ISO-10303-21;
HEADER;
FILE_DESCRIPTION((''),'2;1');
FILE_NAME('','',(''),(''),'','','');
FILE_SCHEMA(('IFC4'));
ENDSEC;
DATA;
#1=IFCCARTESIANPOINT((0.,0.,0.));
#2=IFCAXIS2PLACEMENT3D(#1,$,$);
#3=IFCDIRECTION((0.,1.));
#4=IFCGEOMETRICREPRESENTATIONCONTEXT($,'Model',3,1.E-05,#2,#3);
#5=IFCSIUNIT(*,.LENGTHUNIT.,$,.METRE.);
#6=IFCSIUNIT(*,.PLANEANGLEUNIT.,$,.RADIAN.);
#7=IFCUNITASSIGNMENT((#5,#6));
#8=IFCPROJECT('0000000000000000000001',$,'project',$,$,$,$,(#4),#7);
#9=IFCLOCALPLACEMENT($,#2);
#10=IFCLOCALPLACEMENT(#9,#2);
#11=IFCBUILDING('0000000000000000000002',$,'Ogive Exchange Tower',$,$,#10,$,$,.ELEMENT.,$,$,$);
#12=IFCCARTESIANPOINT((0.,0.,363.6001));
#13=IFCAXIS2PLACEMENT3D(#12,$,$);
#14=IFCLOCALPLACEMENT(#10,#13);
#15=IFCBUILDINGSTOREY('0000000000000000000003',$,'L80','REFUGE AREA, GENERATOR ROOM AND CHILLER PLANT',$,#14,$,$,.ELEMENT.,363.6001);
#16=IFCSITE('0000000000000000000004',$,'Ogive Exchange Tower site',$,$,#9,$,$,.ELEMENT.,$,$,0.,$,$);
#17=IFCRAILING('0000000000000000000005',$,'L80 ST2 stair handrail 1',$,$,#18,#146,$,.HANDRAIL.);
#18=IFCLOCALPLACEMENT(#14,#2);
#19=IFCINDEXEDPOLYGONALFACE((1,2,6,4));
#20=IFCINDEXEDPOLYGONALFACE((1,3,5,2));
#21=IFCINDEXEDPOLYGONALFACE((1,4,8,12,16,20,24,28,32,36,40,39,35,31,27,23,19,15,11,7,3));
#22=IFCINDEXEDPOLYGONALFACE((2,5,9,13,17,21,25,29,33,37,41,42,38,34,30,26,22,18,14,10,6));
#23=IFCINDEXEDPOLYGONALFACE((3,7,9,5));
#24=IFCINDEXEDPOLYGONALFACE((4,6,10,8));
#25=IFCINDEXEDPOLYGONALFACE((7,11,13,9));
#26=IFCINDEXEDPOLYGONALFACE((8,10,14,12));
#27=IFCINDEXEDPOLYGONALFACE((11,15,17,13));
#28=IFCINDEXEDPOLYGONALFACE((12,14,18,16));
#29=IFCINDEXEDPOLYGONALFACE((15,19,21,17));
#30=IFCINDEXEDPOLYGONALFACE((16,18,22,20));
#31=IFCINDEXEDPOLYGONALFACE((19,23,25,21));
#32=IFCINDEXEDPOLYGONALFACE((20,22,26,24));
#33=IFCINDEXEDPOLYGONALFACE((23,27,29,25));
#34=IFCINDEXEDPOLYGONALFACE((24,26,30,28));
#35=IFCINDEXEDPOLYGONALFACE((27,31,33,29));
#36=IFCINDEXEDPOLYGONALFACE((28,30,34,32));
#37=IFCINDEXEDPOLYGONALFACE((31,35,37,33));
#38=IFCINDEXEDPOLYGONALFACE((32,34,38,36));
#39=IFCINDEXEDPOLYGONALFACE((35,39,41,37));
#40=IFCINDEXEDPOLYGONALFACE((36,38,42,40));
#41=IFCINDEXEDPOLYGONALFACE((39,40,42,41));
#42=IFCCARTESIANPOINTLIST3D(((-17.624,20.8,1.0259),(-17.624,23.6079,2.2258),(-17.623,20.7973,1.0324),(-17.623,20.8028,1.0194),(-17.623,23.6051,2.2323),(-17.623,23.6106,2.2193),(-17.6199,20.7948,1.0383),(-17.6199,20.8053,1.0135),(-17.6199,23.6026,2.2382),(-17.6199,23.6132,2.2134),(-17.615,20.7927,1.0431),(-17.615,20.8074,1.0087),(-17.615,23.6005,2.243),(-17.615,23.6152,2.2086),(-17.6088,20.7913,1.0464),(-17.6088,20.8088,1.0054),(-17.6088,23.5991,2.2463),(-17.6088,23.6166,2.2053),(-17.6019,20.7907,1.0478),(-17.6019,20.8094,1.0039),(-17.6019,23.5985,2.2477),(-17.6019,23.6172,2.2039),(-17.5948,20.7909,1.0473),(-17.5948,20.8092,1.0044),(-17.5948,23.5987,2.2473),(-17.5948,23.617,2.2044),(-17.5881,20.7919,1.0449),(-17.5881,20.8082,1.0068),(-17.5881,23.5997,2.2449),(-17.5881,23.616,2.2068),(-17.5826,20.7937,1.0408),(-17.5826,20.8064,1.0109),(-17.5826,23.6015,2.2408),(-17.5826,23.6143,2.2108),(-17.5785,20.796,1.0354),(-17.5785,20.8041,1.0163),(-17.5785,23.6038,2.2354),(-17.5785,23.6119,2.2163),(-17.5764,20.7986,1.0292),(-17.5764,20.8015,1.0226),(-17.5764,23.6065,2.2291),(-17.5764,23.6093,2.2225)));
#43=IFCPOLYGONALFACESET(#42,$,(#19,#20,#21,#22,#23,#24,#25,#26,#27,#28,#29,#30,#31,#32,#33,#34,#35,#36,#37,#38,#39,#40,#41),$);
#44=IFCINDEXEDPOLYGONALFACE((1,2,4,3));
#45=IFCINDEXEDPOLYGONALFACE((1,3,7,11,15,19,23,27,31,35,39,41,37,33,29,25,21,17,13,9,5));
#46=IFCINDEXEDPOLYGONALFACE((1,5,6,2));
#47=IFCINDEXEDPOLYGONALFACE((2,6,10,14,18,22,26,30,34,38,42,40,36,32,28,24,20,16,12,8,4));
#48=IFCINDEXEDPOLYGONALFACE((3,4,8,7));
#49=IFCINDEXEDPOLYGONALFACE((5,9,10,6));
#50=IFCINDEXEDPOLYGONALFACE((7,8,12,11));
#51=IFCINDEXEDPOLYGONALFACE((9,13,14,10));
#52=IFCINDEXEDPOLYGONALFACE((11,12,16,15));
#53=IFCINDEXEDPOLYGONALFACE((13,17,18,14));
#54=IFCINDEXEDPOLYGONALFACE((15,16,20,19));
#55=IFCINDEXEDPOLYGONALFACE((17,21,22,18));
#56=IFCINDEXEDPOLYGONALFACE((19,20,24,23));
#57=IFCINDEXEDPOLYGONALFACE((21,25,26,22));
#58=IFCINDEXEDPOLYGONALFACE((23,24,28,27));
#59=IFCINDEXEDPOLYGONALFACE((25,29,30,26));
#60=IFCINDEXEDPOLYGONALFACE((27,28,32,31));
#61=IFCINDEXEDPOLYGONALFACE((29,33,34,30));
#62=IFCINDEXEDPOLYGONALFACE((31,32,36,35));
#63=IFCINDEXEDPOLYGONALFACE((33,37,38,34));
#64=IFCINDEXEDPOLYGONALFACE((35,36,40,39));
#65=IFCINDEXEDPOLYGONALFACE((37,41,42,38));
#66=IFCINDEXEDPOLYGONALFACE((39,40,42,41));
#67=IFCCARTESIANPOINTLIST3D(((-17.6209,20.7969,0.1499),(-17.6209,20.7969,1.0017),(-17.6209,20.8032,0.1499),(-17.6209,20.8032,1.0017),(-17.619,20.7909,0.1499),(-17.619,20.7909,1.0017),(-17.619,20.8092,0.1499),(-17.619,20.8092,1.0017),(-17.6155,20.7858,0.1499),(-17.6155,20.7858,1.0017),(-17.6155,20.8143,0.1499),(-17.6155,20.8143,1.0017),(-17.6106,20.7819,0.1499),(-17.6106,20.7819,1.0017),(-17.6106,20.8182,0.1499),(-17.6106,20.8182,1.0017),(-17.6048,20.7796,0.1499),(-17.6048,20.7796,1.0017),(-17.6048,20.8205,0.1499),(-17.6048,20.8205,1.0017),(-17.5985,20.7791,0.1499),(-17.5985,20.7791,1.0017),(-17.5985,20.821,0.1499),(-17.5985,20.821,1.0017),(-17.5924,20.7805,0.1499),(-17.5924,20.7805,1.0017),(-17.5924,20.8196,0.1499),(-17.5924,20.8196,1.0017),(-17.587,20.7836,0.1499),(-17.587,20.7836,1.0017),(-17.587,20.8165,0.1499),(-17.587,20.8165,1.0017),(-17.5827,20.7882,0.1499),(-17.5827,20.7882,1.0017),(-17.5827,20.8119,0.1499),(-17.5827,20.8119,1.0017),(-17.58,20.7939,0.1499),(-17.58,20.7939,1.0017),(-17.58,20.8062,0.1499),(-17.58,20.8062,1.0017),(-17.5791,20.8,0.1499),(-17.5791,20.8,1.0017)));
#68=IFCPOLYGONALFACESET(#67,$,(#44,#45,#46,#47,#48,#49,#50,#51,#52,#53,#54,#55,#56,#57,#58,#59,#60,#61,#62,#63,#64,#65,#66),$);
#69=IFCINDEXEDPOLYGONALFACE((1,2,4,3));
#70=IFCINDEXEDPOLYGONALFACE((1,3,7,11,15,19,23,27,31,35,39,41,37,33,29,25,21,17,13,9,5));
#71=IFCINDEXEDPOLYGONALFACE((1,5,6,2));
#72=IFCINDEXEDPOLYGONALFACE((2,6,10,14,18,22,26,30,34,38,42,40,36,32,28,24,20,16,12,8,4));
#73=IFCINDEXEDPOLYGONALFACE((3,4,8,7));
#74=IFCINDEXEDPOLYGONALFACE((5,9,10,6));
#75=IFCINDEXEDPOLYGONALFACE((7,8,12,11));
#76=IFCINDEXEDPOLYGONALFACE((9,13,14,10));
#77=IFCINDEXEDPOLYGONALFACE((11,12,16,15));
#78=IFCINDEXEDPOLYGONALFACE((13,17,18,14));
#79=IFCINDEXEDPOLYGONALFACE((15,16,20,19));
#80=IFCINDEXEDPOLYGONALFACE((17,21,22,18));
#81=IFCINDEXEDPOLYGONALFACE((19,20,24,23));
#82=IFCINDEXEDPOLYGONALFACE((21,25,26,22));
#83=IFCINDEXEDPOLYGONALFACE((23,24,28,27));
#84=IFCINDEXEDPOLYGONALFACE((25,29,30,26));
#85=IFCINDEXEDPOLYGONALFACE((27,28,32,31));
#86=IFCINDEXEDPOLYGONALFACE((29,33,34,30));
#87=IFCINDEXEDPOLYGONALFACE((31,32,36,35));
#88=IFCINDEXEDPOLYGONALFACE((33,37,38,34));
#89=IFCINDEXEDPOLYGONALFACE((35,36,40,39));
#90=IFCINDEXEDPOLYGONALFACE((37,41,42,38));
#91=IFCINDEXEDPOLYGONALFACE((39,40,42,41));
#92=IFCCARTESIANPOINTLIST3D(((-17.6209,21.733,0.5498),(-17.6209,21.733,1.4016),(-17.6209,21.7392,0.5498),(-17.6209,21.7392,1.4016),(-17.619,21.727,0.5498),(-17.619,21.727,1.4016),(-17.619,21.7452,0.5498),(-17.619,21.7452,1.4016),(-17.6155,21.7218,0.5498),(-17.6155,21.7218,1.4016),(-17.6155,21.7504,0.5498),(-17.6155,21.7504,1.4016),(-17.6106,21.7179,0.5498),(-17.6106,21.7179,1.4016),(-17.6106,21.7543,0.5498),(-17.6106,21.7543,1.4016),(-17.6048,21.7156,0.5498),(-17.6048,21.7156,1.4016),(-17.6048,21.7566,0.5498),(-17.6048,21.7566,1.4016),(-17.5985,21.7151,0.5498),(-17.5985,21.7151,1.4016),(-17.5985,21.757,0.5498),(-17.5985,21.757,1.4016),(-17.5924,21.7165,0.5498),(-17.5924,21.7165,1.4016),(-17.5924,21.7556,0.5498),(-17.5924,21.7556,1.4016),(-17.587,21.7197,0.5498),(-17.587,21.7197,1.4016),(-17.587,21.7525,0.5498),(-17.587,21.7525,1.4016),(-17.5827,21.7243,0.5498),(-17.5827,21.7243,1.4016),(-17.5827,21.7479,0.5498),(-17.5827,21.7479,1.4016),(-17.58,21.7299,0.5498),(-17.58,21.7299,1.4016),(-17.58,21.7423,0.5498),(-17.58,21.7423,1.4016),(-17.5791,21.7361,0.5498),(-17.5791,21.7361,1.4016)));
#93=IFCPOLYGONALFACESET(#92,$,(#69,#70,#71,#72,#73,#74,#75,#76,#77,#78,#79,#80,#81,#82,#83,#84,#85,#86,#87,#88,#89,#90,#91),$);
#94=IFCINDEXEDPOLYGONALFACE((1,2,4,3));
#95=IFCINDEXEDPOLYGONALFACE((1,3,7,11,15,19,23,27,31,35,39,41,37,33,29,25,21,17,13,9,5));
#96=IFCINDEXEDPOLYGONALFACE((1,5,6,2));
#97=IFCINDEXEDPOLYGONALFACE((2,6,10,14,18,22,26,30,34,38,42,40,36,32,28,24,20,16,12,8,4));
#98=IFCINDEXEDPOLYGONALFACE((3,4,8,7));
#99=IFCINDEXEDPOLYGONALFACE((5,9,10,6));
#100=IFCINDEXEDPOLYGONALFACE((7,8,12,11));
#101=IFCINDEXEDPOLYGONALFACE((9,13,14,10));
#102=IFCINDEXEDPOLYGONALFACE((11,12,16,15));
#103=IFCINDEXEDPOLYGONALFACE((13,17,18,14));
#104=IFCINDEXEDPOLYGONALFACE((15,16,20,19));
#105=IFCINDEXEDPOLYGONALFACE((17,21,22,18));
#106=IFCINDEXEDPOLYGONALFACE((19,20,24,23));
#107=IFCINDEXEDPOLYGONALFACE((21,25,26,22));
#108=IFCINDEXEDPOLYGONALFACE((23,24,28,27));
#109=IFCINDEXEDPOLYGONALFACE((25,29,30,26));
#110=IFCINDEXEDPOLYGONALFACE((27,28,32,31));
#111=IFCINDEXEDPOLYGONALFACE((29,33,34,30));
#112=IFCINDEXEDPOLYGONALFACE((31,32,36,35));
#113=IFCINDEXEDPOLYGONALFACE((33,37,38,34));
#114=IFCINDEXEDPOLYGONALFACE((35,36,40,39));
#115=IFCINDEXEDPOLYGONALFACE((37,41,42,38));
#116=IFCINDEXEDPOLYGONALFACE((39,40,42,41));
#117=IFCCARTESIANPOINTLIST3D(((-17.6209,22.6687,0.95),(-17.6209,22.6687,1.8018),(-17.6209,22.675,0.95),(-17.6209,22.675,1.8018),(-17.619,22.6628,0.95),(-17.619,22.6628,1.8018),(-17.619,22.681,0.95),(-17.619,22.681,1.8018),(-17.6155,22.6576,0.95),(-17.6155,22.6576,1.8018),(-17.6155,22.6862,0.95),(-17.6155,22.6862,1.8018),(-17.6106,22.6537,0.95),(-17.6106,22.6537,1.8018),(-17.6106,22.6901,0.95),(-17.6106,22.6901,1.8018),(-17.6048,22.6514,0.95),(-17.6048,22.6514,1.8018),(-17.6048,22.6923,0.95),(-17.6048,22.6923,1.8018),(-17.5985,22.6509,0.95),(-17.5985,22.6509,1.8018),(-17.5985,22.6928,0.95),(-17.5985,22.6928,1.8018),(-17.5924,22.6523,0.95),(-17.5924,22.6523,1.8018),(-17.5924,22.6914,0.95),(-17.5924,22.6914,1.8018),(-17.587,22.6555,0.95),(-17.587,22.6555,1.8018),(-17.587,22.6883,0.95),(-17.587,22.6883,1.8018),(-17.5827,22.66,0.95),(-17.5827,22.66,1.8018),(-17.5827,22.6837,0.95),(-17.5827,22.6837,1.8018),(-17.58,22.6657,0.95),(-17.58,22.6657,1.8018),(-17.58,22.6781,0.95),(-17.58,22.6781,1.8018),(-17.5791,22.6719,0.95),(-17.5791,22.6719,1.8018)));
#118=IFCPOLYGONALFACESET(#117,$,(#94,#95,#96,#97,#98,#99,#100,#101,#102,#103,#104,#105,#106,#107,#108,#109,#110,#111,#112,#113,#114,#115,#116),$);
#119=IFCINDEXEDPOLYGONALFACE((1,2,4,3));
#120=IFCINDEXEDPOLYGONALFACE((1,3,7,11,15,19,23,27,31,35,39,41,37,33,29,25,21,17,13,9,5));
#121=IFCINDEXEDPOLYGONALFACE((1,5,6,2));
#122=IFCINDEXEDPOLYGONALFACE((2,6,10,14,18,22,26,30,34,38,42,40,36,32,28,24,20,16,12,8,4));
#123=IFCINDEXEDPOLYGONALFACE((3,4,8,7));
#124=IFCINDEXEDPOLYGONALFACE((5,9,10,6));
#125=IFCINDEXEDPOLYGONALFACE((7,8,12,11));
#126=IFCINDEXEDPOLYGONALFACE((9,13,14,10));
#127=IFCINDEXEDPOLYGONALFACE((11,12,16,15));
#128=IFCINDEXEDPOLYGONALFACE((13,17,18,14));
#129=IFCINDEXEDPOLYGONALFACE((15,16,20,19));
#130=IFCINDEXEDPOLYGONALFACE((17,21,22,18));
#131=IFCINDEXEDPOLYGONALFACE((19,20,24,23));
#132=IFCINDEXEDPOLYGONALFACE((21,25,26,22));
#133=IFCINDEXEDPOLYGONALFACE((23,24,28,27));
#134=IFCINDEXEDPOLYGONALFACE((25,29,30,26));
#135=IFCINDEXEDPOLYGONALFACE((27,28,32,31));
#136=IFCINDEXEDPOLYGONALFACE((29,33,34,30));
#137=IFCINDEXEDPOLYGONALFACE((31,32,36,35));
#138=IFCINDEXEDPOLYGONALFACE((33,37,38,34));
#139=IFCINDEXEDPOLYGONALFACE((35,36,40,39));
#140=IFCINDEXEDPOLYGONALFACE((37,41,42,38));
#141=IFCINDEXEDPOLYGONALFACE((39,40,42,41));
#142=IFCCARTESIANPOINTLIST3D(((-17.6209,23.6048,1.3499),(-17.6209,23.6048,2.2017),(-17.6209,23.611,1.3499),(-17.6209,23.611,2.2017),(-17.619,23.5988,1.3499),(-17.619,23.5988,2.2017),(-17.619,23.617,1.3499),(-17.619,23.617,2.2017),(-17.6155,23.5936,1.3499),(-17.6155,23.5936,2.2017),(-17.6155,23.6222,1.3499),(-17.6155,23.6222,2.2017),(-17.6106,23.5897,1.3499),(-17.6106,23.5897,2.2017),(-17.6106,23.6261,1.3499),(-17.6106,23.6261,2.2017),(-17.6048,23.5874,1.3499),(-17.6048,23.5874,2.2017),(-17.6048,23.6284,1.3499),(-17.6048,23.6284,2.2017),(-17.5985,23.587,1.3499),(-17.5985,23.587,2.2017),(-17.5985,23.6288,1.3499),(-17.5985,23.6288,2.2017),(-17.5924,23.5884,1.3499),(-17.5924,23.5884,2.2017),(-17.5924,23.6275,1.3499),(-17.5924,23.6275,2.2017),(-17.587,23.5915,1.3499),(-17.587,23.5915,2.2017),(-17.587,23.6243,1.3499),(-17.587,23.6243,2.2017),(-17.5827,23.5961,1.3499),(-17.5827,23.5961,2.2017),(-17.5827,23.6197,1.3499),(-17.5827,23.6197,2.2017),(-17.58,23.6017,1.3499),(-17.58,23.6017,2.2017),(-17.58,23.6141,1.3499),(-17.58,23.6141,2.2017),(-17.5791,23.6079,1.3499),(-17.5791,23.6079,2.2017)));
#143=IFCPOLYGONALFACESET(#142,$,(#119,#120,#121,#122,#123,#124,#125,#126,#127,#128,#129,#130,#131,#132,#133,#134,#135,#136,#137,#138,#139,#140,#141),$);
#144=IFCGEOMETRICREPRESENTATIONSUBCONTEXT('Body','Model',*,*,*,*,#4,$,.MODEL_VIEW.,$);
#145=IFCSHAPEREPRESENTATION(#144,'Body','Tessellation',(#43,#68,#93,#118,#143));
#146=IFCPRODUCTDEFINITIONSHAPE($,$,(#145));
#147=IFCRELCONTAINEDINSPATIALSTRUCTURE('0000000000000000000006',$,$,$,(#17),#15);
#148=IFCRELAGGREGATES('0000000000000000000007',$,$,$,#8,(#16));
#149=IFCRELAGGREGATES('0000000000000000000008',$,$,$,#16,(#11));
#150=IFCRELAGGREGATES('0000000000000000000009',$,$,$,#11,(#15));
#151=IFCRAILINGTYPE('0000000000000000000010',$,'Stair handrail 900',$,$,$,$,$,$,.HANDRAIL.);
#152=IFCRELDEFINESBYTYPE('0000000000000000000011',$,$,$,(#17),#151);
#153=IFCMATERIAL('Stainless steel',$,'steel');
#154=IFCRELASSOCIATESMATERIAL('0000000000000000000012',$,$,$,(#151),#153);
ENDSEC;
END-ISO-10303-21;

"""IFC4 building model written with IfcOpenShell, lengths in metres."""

from ifc_helpers import new_model, si_unit, direction, frame, origin, origin_2d, place, context, subcontext, project, spatial, circle, extrude, material, type_object, element, save


model = new_model("IFC4")

# Units and contexts
model_context = context("Model", 3, precision=1e-05, world=origin(), true_north=direction((0.0, 1.0)))
body_context = subcontext(model_context, "Body", "Model", "MODEL_VIEW")
ifc_project = project(units=[si_unit("LENGTHUNIT", "METRE"), si_unit("PLANEANGLEUNIT", "RADIAN")], contexts=[model_context])

# Site, building, storey
site_placement = place(None, origin())
site = spatial("IfcSite", under=ifc_project, at=site_placement, Name="Ogive Exchange Tower site", CompositionType="ELEMENT", RefElevation=0.0)
building_placement = place(site_placement, origin())
building = spatial("IfcBuilding", under=site, at=building_placement, Name="Ogive Exchange Tower", CompositionType="ELEMENT")
storey_placement = place(building_placement, frame((0.0, 0.0, 363.6001)))
storey = spatial("IfcBuildingStorey", under=building, at=storey_placement, Name="L80", Description="REFUGE AREA, GENERATOR ROOM AND CHILLER PLANT", CompositionType="ELEMENT", Elevation=363.6001)

# Shared definitions
ifc_material_1 = material(Name="Stainless steel", Category="steel")

# Railing
railing_type = type_object("IfcRailingType", Name="Stair handrail 900", PredefinedType="HANDRAIL", material=ifc_material_1)
for number, where, name in (
    (1, (-17.6001, 20.8, 0.1499), "L80 ST2 stair handrail 1"),
):
    element("IfcRailing", number, at=place(storey_placement, frame(where)), inside=storey, type_object=railing_type, Name=name, PredefinedType="HANDRAIL", context=body_context, shape_type="SweptSolid", body=[
        extrude(circle(Radius=0.0239, at=origin_2d()), frame((0.0, 0.0, 0.876), z_axis=(0.0, 0.91955, 0.392973), x_axis=(-1.0, 0.0, 0.0)), (0.0, 0.0, 1.0), 3.0535),
        extrude(circle(Radius=0.021, at=origin_2d()), origin(), (0.0, 0.0, 1.0), 0.8518),
        extrude(circle(Radius=0.021, at=origin_2d()), frame((0.0, 0.936, 0.3999)), (0.0, 0.0, 1.0), 0.8518),
        extrude(circle(Radius=0.021, at=origin_2d()), frame((0.0, 1.8718, 0.8)), (0.0, 0.0, 1.0), 0.8518),
        extrude(circle(Radius=0.021, at=origin_2d()), frame((0.0, 2.8079, 1.2)), (0.0, 0.0, 1.0), 0.8518),
    ])

save(model, "model.ifc")
